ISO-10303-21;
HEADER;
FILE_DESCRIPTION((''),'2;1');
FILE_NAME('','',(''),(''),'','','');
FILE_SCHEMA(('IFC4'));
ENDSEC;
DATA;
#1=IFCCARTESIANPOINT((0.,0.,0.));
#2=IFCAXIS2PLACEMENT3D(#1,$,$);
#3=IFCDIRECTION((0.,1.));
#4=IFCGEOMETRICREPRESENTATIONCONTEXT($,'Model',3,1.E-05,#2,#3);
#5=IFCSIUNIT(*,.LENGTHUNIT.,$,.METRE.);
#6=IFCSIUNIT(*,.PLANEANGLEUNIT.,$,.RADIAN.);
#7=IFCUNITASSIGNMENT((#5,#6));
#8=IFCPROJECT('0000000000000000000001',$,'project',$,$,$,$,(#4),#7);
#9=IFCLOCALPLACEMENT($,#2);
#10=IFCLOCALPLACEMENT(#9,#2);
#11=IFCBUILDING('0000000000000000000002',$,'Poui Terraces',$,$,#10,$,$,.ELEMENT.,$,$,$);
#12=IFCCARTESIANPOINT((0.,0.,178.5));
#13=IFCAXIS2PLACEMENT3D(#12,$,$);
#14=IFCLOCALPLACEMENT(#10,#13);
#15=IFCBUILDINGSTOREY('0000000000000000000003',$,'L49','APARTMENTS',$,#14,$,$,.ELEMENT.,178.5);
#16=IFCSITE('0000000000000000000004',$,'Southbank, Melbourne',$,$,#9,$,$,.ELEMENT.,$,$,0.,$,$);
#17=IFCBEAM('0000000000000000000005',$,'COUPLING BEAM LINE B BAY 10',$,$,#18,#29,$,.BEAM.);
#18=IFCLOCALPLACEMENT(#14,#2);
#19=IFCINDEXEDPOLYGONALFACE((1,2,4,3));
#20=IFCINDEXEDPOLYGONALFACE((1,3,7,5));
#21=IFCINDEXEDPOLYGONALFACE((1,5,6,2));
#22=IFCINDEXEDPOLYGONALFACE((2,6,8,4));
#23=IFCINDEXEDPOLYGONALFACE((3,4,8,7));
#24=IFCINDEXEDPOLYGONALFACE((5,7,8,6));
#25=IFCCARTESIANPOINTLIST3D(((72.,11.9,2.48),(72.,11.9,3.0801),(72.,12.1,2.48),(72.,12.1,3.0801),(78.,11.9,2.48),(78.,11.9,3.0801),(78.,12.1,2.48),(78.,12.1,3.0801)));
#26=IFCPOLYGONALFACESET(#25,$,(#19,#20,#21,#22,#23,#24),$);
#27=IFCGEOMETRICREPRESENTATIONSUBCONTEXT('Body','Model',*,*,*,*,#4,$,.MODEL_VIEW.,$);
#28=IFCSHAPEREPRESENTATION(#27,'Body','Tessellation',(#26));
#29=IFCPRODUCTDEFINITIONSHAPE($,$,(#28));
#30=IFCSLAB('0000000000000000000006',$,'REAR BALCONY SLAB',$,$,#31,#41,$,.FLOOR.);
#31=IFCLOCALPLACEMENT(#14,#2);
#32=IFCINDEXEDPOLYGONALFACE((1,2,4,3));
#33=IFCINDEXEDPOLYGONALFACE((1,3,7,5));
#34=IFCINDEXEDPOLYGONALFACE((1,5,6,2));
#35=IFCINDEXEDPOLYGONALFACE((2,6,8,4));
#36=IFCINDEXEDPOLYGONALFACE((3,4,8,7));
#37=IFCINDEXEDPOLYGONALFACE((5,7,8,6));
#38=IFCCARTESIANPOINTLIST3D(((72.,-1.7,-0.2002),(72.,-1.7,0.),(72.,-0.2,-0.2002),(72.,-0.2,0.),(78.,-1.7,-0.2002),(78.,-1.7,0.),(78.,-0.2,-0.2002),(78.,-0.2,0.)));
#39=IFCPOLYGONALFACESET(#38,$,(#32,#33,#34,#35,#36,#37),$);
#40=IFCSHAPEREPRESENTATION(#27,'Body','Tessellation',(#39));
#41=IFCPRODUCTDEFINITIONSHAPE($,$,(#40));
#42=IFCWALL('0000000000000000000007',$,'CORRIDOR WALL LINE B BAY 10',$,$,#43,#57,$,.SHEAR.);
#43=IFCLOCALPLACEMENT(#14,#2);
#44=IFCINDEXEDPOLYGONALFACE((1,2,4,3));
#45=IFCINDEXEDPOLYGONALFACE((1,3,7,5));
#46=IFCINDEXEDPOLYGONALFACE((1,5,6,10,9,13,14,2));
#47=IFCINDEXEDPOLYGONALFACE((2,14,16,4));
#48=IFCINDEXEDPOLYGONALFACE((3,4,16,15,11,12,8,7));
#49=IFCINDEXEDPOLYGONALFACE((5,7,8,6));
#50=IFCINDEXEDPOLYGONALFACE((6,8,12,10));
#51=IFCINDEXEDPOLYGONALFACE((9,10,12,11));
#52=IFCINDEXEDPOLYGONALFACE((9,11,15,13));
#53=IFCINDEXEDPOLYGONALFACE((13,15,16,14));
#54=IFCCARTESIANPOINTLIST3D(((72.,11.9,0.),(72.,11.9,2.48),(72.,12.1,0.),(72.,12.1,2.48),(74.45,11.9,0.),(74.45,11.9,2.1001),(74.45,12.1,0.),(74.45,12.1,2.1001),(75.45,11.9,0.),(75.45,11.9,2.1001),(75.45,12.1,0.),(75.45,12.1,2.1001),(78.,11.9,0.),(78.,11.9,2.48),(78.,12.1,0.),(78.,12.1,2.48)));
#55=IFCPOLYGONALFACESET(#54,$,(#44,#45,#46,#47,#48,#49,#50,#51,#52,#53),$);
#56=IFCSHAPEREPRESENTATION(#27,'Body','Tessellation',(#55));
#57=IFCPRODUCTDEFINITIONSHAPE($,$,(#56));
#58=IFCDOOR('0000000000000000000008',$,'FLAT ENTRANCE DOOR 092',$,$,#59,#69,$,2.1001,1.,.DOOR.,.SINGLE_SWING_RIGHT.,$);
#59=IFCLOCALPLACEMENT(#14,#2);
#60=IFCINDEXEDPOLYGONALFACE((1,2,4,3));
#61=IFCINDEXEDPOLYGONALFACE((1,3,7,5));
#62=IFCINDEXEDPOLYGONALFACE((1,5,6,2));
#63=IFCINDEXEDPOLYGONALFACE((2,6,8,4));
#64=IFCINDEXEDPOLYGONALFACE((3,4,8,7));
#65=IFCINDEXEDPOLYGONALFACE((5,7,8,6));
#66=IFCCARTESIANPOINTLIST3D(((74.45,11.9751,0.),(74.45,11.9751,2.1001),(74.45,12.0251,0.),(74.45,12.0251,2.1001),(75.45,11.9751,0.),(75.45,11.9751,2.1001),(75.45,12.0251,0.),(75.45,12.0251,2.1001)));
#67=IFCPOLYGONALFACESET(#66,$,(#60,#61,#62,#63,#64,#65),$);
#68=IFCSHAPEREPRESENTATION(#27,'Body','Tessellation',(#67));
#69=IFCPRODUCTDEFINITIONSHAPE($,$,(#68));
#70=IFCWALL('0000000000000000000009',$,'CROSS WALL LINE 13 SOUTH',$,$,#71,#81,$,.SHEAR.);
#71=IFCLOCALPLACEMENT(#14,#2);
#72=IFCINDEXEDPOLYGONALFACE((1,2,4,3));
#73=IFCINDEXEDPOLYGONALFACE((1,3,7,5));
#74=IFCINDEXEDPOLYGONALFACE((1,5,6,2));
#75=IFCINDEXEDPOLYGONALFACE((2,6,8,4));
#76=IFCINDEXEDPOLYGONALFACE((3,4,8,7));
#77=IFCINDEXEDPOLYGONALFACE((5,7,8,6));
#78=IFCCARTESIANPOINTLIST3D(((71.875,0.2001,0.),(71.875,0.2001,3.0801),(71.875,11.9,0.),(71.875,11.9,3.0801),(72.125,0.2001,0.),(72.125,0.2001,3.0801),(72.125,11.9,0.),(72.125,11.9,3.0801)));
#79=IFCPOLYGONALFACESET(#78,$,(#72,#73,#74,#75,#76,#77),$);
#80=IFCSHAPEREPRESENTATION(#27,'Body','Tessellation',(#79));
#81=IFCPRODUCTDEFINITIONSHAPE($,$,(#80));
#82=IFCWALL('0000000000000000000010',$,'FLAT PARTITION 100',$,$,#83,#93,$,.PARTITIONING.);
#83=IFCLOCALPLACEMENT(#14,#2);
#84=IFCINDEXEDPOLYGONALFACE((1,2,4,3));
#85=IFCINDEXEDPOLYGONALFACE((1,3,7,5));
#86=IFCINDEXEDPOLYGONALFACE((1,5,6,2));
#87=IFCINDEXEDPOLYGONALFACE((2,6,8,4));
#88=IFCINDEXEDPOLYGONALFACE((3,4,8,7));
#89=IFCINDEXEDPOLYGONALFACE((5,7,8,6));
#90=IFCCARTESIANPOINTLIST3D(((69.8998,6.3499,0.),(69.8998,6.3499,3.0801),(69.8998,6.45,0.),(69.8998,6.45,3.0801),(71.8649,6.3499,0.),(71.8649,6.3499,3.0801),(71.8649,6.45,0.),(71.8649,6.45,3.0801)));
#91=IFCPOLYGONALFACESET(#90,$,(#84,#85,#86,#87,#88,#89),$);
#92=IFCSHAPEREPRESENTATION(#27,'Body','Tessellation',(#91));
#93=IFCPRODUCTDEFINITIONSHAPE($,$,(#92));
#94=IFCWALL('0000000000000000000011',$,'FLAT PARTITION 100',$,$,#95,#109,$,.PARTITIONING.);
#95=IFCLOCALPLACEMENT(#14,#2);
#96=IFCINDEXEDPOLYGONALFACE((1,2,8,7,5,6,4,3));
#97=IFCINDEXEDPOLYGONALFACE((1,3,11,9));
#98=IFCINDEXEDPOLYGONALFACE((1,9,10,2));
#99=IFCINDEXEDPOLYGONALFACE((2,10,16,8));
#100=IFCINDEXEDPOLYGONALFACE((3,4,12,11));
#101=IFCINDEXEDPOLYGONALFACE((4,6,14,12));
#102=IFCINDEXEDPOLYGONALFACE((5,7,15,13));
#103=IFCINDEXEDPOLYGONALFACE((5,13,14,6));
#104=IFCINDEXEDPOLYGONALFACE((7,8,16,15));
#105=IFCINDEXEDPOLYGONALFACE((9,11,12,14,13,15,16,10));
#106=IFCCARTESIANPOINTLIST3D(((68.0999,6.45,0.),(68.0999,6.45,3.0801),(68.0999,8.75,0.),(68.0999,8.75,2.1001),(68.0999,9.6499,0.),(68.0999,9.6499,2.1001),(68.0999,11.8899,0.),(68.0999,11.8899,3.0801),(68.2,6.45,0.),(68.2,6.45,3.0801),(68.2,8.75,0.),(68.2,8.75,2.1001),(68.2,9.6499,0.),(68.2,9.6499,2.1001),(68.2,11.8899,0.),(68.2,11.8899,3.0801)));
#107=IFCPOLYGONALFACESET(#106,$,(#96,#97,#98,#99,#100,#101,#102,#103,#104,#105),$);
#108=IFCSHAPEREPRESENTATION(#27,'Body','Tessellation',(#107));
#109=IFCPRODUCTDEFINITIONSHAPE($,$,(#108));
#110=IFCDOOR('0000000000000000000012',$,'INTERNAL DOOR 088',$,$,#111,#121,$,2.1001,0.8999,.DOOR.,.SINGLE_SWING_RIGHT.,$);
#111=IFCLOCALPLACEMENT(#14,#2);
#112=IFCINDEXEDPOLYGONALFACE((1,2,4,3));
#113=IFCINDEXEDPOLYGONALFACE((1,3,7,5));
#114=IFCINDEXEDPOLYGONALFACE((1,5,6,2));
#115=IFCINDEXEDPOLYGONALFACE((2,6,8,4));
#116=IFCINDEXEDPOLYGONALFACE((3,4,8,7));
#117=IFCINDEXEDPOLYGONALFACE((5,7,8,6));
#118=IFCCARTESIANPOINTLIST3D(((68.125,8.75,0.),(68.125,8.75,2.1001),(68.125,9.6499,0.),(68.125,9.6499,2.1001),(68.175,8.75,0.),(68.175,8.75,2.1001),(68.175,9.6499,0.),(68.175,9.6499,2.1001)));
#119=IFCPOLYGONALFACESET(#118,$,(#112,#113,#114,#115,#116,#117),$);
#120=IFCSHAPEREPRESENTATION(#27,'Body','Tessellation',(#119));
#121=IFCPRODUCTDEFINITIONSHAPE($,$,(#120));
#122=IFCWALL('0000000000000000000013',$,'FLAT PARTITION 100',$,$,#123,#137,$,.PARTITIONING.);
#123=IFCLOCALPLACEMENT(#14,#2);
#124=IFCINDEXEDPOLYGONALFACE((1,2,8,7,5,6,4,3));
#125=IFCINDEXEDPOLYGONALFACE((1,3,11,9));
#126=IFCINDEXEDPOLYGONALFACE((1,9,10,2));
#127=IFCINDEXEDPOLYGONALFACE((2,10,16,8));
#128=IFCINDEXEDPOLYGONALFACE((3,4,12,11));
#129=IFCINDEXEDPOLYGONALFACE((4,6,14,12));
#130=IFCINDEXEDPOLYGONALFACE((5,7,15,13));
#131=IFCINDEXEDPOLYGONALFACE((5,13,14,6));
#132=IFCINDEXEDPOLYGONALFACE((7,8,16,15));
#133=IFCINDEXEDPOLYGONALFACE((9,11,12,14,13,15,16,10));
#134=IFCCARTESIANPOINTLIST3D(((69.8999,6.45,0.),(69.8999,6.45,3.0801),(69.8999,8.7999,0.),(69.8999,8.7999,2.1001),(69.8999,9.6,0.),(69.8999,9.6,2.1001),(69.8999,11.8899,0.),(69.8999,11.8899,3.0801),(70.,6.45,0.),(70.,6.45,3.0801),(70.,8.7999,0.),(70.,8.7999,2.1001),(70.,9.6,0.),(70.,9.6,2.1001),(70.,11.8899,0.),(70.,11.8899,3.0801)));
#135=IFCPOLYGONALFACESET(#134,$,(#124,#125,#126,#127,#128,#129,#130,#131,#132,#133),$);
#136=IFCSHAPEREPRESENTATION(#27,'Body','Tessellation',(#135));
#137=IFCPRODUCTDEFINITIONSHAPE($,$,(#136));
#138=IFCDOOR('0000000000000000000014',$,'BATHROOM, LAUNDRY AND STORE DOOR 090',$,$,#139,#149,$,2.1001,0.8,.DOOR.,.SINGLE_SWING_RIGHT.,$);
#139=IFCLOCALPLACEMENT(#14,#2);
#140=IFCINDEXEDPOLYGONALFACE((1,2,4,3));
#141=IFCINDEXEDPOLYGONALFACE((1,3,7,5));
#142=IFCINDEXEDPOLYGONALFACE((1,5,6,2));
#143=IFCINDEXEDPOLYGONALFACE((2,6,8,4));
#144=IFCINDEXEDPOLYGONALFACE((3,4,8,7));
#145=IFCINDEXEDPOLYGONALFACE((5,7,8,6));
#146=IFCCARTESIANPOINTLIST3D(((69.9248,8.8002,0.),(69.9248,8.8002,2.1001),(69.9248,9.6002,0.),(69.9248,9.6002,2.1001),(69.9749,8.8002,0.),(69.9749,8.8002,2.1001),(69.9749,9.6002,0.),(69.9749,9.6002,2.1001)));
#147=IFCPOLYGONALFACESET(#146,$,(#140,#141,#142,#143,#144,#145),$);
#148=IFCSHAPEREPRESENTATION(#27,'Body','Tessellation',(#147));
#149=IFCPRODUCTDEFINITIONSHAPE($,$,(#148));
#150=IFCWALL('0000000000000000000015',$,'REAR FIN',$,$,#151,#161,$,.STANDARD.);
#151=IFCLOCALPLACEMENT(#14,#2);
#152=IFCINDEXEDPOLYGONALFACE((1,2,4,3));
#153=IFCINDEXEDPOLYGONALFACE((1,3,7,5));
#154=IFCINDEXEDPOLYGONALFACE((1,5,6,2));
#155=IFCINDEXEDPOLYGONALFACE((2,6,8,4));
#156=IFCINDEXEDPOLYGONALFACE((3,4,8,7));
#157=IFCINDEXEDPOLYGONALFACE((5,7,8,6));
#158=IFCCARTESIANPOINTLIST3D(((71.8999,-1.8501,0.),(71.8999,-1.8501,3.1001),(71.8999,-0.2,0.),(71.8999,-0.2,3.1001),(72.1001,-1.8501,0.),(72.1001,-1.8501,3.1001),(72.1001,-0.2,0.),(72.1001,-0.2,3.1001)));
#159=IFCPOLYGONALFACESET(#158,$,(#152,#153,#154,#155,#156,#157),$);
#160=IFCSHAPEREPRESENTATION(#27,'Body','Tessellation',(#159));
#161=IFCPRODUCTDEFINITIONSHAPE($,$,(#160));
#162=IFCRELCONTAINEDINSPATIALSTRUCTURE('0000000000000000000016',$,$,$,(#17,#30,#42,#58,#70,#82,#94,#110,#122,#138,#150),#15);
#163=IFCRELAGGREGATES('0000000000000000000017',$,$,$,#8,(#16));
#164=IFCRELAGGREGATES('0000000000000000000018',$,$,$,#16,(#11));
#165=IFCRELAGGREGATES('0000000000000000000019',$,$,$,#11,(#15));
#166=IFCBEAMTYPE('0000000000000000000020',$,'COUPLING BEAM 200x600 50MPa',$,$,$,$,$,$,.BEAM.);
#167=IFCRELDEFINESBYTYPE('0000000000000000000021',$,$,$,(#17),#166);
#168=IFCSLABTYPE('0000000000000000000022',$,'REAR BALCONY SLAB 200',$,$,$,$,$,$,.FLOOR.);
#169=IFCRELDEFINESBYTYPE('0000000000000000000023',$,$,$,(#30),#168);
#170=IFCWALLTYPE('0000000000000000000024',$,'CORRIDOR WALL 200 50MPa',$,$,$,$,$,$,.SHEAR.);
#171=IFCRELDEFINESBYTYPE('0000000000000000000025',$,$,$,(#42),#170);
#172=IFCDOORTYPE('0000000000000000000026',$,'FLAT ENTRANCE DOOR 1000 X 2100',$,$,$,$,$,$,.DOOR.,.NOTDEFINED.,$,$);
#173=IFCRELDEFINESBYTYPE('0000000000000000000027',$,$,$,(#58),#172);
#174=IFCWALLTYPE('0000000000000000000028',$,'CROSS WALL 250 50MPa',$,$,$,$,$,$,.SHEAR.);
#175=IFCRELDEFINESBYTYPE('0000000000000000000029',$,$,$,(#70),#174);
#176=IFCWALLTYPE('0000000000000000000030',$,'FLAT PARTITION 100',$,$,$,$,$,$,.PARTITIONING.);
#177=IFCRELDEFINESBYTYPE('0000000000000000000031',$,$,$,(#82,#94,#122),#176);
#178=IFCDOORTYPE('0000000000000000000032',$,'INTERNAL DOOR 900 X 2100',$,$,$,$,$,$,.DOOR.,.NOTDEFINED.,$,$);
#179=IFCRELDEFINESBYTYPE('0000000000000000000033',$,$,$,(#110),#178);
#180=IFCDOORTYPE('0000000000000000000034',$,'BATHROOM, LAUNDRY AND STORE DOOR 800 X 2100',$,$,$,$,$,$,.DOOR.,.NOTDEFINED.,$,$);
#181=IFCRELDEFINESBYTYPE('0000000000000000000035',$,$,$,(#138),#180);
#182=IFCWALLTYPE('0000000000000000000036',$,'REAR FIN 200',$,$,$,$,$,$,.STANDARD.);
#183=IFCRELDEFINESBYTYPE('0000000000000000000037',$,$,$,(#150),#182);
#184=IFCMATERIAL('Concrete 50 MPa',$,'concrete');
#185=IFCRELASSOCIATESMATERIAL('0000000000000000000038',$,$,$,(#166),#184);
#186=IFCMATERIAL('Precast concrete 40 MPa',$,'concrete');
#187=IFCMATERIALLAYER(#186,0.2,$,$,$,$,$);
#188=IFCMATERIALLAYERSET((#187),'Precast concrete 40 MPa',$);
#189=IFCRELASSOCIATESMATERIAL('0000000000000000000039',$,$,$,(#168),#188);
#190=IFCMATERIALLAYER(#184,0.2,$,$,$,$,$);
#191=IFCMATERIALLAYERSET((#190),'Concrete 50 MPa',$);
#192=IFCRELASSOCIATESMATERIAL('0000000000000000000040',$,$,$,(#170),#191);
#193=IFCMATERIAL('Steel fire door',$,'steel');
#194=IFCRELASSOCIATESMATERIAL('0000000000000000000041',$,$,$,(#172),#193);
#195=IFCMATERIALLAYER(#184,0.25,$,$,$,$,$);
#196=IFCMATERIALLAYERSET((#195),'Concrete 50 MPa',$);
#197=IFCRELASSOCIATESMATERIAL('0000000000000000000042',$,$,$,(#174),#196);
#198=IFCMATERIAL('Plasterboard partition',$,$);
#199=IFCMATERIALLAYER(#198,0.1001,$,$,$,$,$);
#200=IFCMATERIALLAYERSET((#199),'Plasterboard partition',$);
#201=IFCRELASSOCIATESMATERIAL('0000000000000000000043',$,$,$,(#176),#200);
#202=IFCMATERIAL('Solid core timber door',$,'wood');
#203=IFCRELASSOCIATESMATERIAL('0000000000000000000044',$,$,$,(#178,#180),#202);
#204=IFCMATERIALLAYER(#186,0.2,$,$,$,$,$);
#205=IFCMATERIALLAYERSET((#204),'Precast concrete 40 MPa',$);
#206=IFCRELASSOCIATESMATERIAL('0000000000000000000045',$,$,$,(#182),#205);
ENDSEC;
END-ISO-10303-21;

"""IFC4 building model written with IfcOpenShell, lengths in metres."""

from ifc_helpers import new_model, si_unit, direction, frame, frame_2d, origin, origin_2d, place, context, subcontext, project, spatial, polyline, rectangle, outline, extrude, source, transform, mapped, material, layer, layer_set, material_profile, profile_set, type_object, element, fill, save


model = new_model("IFC4")

# Units and contexts
model_context = context("Model", 3, precision=1e-05, world=origin(), true_north=direction((0.0, 1.0)))
body_context = subcontext(model_context, "Body", "Model", "MODEL_VIEW")
ifc_project = project(units=[si_unit("LENGTHUNIT", "METRE"), si_unit("PLANEANGLEUNIT", "RADIAN")], contexts=[model_context])

# Site, building, storey
site_placement = place(None, origin())
site = spatial("IfcSite", under=ifc_project, at=site_placement, Name="Southbank, Melbourne", CompositionType="ELEMENT", RefElevation=0.0)
building_placement = place(site_placement, origin())
building = spatial("IfcBuilding", under=site, at=building_placement, Name="Poui Terraces", CompositionType="ELEMENT")
storey_placement = place(building_placement, frame((0.0, 0.0, 178.5)))
storey = spatial("IfcBuildingStorey", under=building, at=storey_placement, Name="L49", Description="APARTMENTS", CompositionType="ELEMENT", Elevation=178.5)

# Beam
ifc_material_1 = material(Name="Concrete 50 MPa", Category="concrete")
ifc_material_profile = material_profile(ifc_material_1, rectangle(XDim=0.2, YDim=0.6001, at=origin_2d()), Name="RC 200x600")
ifc_profile_set = profile_set([ifc_material_profile], Name="Concrete 50 MPa")
beam_type = type_object("IfcBeamType", Name="COUPLING BEAM 200x600 50MPa", PredefinedType="BEAM", material=ifc_profile_set)
shared_shape_1 = source(origin(), body_context, "Body", "SweptSolid", [
    extrude(rectangle(XDim=0.2, YDim=0.6001, at=origin_2d()), origin(), (0.0, 0.0, 1.0), 6.0),
])
beam_placement = place(storey_placement, frame((72.0, 12.0, 2.78), z_axis=(1.0, 0.0, 0.0), x_axis=(0.0, 1.0, 0.0)))
element("IfcBeam", 1, at=beam_placement, inside=storey, type_object=beam_type, Name="COUPLING BEAM LINE B BAY 10", PredefinedType="BEAM", context=body_context, shape_type="MappedRepresentation", body=[
    mapped(shared_shape_1, transform((0.0, 0.0, 0.0))),
])

# Slab
ifc_material_2 = material(Name="Precast concrete 40 MPa", Category="concrete")
ifc_layer_1 = layer(ifc_material_2, 0.2)
ifc_layer_set_1 = layer_set([ifc_layer_1], Name="Precast concrete 40 MPa")
slab_type = type_object("IfcSlabType", Name="REAR BALCONY SLAB 200", PredefinedType="FLOOR", material=ifc_layer_set_1)
shared_shape_2 = source(origin(), body_context, "Body", "SweptSolid", [
    extrude(outline(polyline([(0.0, 0.0), (6.0, 0.0), (6.0, 1.5), (0.0, 1.5), (0.0, 0.0)])), origin(), (0.0, 0.0, 1.0), 0.2002),
])
slab_placement = place(storey_placement, frame((72.0, -1.7, -0.2002)))
element("IfcSlab", 2, at=slab_placement, inside=storey, type_object=slab_type, Name="REAR BALCONY SLAB", PredefinedType="FLOOR", context=body_context, shape_type="MappedRepresentation", body=[
    mapped(shared_shape_2, transform((0.0, 0.0, 0.0))),
])

# Wall, opening, door
ifc_layer_2 = layer(ifc_material_1, 0.2)
ifc_layer_set_2 = layer_set([ifc_layer_2], Name="Concrete 50 MPa")
wall_type_1 = type_object("IfcWallType", Name="CORRIDOR WALL 200 50MPa", PredefinedType="SHEAR", material=ifc_layer_set_2)
wall_1_placement = place(storey_placement, frame((72.0, 12.0, 0.0), z_axis=(0.0, 0.0, 1.0), x_axis=(1.0, 0.0, 0.0)))
wall_1 = element("IfcWall", 3, at=wall_1_placement, inside=storey, type_object=wall_type_1, Name="CORRIDOR WALL LINE B BAY 10", PredefinedType="SHEAR", context=body_context, shape_type="SweptSolid", body=[
    extrude(rectangle(XDim=6.0, YDim=0.2, at=frame_2d((3.0, 0.0))), origin(), (0.0, 0.0, 1.0), 2.48),
])
opening_1_placement = place(wall_1_placement, frame((2.45, 0.0, 0.0)))
opening_1 = element("IfcOpeningElement", 4, at=opening_1_placement, cuts=wall_1, PredefinedType="OPENING", context=body_context, shape_type="SweptSolid", body=[
    extrude(rectangle(XDim=1.0, YDim=2.1001, at=frame_2d((0.5, 1.05))), frame((0.0, 0.1099, 0.0), z_axis=(0.0, -1.0, 0.0), x_axis=(1.0, 0.0, 0.0)), (0.0, 0.0, 1.0), 0.22),
])
ifc_material_3 = material(Name="Steel fire door", Category="steel")
door_type_1 = type_object("IfcDoorType", Name="FLAT ENTRANCE DOOR 1000 X 2100", OperationType="NOTDEFINED", PredefinedType="DOOR", material=ifc_material_3)
door_1_placement = place(opening_1_placement, frame((1.0, 0.0, 0.0), z_axis=(0.0, 0.0, 1.0), x_axis=(-1.0, 0.0, 0.0)))
door_1 = element("IfcDoor", 5, at=door_1_placement, inside=storey, type_object=door_type_1, Name="FLAT ENTRANCE DOOR 092", OperationType="SINGLE_SWING_RIGHT", OverallHeight=2.1001, OverallWidth=1.0, PredefinedType="DOOR", context=body_context, shape_type="SweptSolid", body=[
    extrude(rectangle(XDim=1.0, YDim=2.1001, at=frame_2d((0.5, 1.05))), frame((0.0, 0.0249, 0.0), z_axis=(0.0, -1.0, 0.0), x_axis=(1.0, 0.0, 0.0)), (0.0, 0.0, 1.0), 0.05),
])
fill(opening_1, door_1)

# Walls
ifc_layer_3 = layer(ifc_material_1, 0.25)
ifc_layer_set_3 = layer_set([ifc_layer_3], Name="Concrete 50 MPa")
wall_type_2 = type_object("IfcWallType", Name="CROSS WALL 250 50MPa", PredefinedType="SHEAR", material=ifc_layer_set_3)
wall_2_placement = place(storey_placement, frame((72.0, 0.2, 0.0), z_axis=(0.0, 0.0, 1.0), x_axis=(0.0, 1.0, 0.0)))
element("IfcWall", 6, at=wall_2_placement, inside=storey, type_object=wall_type_2, Name="CROSS WALL LINE 13 SOUTH", PredefinedType="SHEAR", context=body_context, shape_type="SweptSolid", body=[
    extrude(rectangle(XDim=11.7, YDim=0.25, at=frame_2d((5.8501, 0.0))), origin(), (0.0, 0.0, 1.0), 3.0801),
])
ifc_material_4 = material(Name="Plasterboard partition")
ifc_layer_4 = layer(ifc_material_4, 0.1001)
ifc_layer_set_4 = layer_set([ifc_layer_4], Name="Plasterboard partition")
wall_type_3 = type_object("IfcWallType", Name="FLAT PARTITION 100", PredefinedType="PARTITIONING", material=ifc_layer_set_4)
wall_3_placement = place(storey_placement, frame((69.8999, 6.3999, 0.0), z_axis=(0.0, 0.0, 1.0), x_axis=(1.0, 0.0, 0.0)))
element("IfcWall", 7, at=wall_3_placement, inside=storey, type_object=wall_type_3, Name="FLAT PARTITION 100", PredefinedType="PARTITIONING", context=body_context, shape_type="SweptSolid", body=[
    extrude(rectangle(XDim=1.9651, YDim=0.1001, at=frame_2d((0.9824, 0.0))), origin(), (0.0, 0.0, 1.0), 3.0801),
])

# Walls, openings, doors
wall_4_placement = place(storey_placement, frame((68.1499, 6.45, 0.0), z_axis=(0.0, 0.0, 1.0), x_axis=(0.0, 1.0, 0.0)))
wall_4 = element("IfcWall", 8, at=wall_4_placement, inside=storey, type_object=wall_type_3, Name="FLAT PARTITION 100", PredefinedType="PARTITIONING", context=body_context, shape_type="SweptSolid", body=[
    extrude(rectangle(XDim=5.4399, YDim=0.1001, at=frame_2d((2.72, 0.0))), origin(), (0.0, 0.0, 1.0), 3.0801),
])
opening_2_placement = place(wall_4_placement, frame((2.3, 0.0, 0.0)))
opening_2 = element("IfcOpeningElement", 9, at=opening_2_placement, cuts=wall_4, PredefinedType="OPENING", context=body_context, shape_type="SweptSolid", body=[
    extrude(rectangle(XDim=0.8999, YDim=2.1001, at=frame_2d((0.45, 1.05))), frame((0.0, 0.0601, 0.0), z_axis=(0.0, -1.0, 0.0), x_axis=(1.0, 0.0, 0.0)), (0.0, 0.0, 1.0), 0.1201),
])
ifc_material_5 = material(Name="Solid core timber door", Category="wood")
door_type_2 = type_object("IfcDoorType", Name="INTERNAL DOOR 900 X 2100", OperationType="NOTDEFINED", PredefinedType="DOOR", material=ifc_material_5)
door_2_placement = place(opening_2_placement, origin())
door_2 = element("IfcDoor", 10, at=door_2_placement, inside=storey, type_object=door_type_2, Name="INTERNAL DOOR 088", OperationType="SINGLE_SWING_RIGHT", OverallHeight=2.1001, OverallWidth=0.8999, PredefinedType="DOOR", context=body_context, shape_type="SweptSolid", body=[
    extrude(rectangle(XDim=0.8999, YDim=2.1001, at=frame_2d((0.45, 1.05))), frame((0.0, 0.0249, 0.0), z_axis=(0.0, -1.0, 0.0), x_axis=(1.0, 0.0, 0.0)), (0.0, 0.0, 1.0), 0.05),
])
fill(opening_2, door_2)
wall_5_placement = place(storey_placement, frame((69.95, 6.45, 0.0), z_axis=(0.0, 0.0, 1.0), x_axis=(0.0, 1.0, 0.0)))
wall_5 = element("IfcWall", 11, at=wall_5_placement, inside=storey, type_object=wall_type_3, Name="FLAT PARTITION 100", PredefinedType="PARTITIONING", context=body_context, shape_type="SweptSolid", body=[
    extrude(rectangle(XDim=5.4399, YDim=0.1001, at=frame_2d((2.72, 0.0))), origin(), (0.0, 0.0, 1.0), 3.0801),
])
opening_3_placement = place(wall_5_placement, frame((2.3501, 0.0, 0.0)))
opening_3 = element("IfcOpeningElement", 12, at=opening_3_placement, cuts=wall_5, PredefinedType="OPENING", context=body_context, shape_type="SweptSolid", body=[
    extrude(rectangle(XDim=0.8, YDim=2.1001, at=frame_2d((0.3999, 1.05))), frame((0.0, 0.0601, 0.0), z_axis=(0.0, -1.0, 0.0), x_axis=(1.0, 0.0, 0.0)), (0.0, 0.0, 1.0), 0.1201),
])
door_type_3 = type_object("IfcDoorType", Name="BATHROOM, LAUNDRY AND STORE DOOR 800 X 2100", OperationType="NOTDEFINED", PredefinedType="DOOR", material=ifc_material_5)
door_3_placement = place(opening_3_placement, frame((0.8, 0.0, 0.0), z_axis=(0.0, 0.0, 1.0), x_axis=(-1.0, 0.0, 0.0)))
door_3 = element("IfcDoor", 13, at=door_3_placement, inside=storey, type_object=door_type_3, Name="BATHROOM, LAUNDRY AND STORE DOOR 090", OperationType="SINGLE_SWING_RIGHT", OverallHeight=2.1001, OverallWidth=0.8, PredefinedType="DOOR", context=body_context, shape_type="SweptSolid", body=[
    extrude(rectangle(XDim=0.8, YDim=2.1001, at=frame_2d((0.3999, 1.05))), frame((0.0, 0.0249, 0.0), z_axis=(0.0, -1.0, 0.0), x_axis=(1.0, 0.0, 0.0)), (0.0, 0.0, 1.0), 0.05),
])
fill(opening_3, door_3)

# Wall
ifc_layer_5 = layer(ifc_material_2, 0.2)
ifc_layer_set_5 = layer_set([ifc_layer_5], Name="Precast concrete 40 MPa")
wall_type_4 = type_object("IfcWallType", Name="REAR FIN 200", PredefinedType="STANDARD", material=ifc_layer_set_5)
shared_shape_3 = source(origin(), body_context, "Body", "SweptSolid", [
    extrude(outline(polyline([(0.0, 0.0), (0.2002, 0.0), (0.2002, 1.6501), (0.0, 1.6501), (0.0, 0.0)])), origin(), (0.0, 0.0, 1.0), 3.1001),
])
wall_6_placement = place(storey_placement, frame((71.8999, -1.8501, 0.0)))
element("IfcWall", 14, at=wall_6_placement, inside=storey, type_object=wall_type_4, Name="REAR FIN", PredefinedType="STANDARD", context=body_context, shape_type="MappedRepresentation", body=[
    mapped(shared_shape_3, transform((0.0, 0.0, 0.0))),
])

save(model, "model.ifc")
